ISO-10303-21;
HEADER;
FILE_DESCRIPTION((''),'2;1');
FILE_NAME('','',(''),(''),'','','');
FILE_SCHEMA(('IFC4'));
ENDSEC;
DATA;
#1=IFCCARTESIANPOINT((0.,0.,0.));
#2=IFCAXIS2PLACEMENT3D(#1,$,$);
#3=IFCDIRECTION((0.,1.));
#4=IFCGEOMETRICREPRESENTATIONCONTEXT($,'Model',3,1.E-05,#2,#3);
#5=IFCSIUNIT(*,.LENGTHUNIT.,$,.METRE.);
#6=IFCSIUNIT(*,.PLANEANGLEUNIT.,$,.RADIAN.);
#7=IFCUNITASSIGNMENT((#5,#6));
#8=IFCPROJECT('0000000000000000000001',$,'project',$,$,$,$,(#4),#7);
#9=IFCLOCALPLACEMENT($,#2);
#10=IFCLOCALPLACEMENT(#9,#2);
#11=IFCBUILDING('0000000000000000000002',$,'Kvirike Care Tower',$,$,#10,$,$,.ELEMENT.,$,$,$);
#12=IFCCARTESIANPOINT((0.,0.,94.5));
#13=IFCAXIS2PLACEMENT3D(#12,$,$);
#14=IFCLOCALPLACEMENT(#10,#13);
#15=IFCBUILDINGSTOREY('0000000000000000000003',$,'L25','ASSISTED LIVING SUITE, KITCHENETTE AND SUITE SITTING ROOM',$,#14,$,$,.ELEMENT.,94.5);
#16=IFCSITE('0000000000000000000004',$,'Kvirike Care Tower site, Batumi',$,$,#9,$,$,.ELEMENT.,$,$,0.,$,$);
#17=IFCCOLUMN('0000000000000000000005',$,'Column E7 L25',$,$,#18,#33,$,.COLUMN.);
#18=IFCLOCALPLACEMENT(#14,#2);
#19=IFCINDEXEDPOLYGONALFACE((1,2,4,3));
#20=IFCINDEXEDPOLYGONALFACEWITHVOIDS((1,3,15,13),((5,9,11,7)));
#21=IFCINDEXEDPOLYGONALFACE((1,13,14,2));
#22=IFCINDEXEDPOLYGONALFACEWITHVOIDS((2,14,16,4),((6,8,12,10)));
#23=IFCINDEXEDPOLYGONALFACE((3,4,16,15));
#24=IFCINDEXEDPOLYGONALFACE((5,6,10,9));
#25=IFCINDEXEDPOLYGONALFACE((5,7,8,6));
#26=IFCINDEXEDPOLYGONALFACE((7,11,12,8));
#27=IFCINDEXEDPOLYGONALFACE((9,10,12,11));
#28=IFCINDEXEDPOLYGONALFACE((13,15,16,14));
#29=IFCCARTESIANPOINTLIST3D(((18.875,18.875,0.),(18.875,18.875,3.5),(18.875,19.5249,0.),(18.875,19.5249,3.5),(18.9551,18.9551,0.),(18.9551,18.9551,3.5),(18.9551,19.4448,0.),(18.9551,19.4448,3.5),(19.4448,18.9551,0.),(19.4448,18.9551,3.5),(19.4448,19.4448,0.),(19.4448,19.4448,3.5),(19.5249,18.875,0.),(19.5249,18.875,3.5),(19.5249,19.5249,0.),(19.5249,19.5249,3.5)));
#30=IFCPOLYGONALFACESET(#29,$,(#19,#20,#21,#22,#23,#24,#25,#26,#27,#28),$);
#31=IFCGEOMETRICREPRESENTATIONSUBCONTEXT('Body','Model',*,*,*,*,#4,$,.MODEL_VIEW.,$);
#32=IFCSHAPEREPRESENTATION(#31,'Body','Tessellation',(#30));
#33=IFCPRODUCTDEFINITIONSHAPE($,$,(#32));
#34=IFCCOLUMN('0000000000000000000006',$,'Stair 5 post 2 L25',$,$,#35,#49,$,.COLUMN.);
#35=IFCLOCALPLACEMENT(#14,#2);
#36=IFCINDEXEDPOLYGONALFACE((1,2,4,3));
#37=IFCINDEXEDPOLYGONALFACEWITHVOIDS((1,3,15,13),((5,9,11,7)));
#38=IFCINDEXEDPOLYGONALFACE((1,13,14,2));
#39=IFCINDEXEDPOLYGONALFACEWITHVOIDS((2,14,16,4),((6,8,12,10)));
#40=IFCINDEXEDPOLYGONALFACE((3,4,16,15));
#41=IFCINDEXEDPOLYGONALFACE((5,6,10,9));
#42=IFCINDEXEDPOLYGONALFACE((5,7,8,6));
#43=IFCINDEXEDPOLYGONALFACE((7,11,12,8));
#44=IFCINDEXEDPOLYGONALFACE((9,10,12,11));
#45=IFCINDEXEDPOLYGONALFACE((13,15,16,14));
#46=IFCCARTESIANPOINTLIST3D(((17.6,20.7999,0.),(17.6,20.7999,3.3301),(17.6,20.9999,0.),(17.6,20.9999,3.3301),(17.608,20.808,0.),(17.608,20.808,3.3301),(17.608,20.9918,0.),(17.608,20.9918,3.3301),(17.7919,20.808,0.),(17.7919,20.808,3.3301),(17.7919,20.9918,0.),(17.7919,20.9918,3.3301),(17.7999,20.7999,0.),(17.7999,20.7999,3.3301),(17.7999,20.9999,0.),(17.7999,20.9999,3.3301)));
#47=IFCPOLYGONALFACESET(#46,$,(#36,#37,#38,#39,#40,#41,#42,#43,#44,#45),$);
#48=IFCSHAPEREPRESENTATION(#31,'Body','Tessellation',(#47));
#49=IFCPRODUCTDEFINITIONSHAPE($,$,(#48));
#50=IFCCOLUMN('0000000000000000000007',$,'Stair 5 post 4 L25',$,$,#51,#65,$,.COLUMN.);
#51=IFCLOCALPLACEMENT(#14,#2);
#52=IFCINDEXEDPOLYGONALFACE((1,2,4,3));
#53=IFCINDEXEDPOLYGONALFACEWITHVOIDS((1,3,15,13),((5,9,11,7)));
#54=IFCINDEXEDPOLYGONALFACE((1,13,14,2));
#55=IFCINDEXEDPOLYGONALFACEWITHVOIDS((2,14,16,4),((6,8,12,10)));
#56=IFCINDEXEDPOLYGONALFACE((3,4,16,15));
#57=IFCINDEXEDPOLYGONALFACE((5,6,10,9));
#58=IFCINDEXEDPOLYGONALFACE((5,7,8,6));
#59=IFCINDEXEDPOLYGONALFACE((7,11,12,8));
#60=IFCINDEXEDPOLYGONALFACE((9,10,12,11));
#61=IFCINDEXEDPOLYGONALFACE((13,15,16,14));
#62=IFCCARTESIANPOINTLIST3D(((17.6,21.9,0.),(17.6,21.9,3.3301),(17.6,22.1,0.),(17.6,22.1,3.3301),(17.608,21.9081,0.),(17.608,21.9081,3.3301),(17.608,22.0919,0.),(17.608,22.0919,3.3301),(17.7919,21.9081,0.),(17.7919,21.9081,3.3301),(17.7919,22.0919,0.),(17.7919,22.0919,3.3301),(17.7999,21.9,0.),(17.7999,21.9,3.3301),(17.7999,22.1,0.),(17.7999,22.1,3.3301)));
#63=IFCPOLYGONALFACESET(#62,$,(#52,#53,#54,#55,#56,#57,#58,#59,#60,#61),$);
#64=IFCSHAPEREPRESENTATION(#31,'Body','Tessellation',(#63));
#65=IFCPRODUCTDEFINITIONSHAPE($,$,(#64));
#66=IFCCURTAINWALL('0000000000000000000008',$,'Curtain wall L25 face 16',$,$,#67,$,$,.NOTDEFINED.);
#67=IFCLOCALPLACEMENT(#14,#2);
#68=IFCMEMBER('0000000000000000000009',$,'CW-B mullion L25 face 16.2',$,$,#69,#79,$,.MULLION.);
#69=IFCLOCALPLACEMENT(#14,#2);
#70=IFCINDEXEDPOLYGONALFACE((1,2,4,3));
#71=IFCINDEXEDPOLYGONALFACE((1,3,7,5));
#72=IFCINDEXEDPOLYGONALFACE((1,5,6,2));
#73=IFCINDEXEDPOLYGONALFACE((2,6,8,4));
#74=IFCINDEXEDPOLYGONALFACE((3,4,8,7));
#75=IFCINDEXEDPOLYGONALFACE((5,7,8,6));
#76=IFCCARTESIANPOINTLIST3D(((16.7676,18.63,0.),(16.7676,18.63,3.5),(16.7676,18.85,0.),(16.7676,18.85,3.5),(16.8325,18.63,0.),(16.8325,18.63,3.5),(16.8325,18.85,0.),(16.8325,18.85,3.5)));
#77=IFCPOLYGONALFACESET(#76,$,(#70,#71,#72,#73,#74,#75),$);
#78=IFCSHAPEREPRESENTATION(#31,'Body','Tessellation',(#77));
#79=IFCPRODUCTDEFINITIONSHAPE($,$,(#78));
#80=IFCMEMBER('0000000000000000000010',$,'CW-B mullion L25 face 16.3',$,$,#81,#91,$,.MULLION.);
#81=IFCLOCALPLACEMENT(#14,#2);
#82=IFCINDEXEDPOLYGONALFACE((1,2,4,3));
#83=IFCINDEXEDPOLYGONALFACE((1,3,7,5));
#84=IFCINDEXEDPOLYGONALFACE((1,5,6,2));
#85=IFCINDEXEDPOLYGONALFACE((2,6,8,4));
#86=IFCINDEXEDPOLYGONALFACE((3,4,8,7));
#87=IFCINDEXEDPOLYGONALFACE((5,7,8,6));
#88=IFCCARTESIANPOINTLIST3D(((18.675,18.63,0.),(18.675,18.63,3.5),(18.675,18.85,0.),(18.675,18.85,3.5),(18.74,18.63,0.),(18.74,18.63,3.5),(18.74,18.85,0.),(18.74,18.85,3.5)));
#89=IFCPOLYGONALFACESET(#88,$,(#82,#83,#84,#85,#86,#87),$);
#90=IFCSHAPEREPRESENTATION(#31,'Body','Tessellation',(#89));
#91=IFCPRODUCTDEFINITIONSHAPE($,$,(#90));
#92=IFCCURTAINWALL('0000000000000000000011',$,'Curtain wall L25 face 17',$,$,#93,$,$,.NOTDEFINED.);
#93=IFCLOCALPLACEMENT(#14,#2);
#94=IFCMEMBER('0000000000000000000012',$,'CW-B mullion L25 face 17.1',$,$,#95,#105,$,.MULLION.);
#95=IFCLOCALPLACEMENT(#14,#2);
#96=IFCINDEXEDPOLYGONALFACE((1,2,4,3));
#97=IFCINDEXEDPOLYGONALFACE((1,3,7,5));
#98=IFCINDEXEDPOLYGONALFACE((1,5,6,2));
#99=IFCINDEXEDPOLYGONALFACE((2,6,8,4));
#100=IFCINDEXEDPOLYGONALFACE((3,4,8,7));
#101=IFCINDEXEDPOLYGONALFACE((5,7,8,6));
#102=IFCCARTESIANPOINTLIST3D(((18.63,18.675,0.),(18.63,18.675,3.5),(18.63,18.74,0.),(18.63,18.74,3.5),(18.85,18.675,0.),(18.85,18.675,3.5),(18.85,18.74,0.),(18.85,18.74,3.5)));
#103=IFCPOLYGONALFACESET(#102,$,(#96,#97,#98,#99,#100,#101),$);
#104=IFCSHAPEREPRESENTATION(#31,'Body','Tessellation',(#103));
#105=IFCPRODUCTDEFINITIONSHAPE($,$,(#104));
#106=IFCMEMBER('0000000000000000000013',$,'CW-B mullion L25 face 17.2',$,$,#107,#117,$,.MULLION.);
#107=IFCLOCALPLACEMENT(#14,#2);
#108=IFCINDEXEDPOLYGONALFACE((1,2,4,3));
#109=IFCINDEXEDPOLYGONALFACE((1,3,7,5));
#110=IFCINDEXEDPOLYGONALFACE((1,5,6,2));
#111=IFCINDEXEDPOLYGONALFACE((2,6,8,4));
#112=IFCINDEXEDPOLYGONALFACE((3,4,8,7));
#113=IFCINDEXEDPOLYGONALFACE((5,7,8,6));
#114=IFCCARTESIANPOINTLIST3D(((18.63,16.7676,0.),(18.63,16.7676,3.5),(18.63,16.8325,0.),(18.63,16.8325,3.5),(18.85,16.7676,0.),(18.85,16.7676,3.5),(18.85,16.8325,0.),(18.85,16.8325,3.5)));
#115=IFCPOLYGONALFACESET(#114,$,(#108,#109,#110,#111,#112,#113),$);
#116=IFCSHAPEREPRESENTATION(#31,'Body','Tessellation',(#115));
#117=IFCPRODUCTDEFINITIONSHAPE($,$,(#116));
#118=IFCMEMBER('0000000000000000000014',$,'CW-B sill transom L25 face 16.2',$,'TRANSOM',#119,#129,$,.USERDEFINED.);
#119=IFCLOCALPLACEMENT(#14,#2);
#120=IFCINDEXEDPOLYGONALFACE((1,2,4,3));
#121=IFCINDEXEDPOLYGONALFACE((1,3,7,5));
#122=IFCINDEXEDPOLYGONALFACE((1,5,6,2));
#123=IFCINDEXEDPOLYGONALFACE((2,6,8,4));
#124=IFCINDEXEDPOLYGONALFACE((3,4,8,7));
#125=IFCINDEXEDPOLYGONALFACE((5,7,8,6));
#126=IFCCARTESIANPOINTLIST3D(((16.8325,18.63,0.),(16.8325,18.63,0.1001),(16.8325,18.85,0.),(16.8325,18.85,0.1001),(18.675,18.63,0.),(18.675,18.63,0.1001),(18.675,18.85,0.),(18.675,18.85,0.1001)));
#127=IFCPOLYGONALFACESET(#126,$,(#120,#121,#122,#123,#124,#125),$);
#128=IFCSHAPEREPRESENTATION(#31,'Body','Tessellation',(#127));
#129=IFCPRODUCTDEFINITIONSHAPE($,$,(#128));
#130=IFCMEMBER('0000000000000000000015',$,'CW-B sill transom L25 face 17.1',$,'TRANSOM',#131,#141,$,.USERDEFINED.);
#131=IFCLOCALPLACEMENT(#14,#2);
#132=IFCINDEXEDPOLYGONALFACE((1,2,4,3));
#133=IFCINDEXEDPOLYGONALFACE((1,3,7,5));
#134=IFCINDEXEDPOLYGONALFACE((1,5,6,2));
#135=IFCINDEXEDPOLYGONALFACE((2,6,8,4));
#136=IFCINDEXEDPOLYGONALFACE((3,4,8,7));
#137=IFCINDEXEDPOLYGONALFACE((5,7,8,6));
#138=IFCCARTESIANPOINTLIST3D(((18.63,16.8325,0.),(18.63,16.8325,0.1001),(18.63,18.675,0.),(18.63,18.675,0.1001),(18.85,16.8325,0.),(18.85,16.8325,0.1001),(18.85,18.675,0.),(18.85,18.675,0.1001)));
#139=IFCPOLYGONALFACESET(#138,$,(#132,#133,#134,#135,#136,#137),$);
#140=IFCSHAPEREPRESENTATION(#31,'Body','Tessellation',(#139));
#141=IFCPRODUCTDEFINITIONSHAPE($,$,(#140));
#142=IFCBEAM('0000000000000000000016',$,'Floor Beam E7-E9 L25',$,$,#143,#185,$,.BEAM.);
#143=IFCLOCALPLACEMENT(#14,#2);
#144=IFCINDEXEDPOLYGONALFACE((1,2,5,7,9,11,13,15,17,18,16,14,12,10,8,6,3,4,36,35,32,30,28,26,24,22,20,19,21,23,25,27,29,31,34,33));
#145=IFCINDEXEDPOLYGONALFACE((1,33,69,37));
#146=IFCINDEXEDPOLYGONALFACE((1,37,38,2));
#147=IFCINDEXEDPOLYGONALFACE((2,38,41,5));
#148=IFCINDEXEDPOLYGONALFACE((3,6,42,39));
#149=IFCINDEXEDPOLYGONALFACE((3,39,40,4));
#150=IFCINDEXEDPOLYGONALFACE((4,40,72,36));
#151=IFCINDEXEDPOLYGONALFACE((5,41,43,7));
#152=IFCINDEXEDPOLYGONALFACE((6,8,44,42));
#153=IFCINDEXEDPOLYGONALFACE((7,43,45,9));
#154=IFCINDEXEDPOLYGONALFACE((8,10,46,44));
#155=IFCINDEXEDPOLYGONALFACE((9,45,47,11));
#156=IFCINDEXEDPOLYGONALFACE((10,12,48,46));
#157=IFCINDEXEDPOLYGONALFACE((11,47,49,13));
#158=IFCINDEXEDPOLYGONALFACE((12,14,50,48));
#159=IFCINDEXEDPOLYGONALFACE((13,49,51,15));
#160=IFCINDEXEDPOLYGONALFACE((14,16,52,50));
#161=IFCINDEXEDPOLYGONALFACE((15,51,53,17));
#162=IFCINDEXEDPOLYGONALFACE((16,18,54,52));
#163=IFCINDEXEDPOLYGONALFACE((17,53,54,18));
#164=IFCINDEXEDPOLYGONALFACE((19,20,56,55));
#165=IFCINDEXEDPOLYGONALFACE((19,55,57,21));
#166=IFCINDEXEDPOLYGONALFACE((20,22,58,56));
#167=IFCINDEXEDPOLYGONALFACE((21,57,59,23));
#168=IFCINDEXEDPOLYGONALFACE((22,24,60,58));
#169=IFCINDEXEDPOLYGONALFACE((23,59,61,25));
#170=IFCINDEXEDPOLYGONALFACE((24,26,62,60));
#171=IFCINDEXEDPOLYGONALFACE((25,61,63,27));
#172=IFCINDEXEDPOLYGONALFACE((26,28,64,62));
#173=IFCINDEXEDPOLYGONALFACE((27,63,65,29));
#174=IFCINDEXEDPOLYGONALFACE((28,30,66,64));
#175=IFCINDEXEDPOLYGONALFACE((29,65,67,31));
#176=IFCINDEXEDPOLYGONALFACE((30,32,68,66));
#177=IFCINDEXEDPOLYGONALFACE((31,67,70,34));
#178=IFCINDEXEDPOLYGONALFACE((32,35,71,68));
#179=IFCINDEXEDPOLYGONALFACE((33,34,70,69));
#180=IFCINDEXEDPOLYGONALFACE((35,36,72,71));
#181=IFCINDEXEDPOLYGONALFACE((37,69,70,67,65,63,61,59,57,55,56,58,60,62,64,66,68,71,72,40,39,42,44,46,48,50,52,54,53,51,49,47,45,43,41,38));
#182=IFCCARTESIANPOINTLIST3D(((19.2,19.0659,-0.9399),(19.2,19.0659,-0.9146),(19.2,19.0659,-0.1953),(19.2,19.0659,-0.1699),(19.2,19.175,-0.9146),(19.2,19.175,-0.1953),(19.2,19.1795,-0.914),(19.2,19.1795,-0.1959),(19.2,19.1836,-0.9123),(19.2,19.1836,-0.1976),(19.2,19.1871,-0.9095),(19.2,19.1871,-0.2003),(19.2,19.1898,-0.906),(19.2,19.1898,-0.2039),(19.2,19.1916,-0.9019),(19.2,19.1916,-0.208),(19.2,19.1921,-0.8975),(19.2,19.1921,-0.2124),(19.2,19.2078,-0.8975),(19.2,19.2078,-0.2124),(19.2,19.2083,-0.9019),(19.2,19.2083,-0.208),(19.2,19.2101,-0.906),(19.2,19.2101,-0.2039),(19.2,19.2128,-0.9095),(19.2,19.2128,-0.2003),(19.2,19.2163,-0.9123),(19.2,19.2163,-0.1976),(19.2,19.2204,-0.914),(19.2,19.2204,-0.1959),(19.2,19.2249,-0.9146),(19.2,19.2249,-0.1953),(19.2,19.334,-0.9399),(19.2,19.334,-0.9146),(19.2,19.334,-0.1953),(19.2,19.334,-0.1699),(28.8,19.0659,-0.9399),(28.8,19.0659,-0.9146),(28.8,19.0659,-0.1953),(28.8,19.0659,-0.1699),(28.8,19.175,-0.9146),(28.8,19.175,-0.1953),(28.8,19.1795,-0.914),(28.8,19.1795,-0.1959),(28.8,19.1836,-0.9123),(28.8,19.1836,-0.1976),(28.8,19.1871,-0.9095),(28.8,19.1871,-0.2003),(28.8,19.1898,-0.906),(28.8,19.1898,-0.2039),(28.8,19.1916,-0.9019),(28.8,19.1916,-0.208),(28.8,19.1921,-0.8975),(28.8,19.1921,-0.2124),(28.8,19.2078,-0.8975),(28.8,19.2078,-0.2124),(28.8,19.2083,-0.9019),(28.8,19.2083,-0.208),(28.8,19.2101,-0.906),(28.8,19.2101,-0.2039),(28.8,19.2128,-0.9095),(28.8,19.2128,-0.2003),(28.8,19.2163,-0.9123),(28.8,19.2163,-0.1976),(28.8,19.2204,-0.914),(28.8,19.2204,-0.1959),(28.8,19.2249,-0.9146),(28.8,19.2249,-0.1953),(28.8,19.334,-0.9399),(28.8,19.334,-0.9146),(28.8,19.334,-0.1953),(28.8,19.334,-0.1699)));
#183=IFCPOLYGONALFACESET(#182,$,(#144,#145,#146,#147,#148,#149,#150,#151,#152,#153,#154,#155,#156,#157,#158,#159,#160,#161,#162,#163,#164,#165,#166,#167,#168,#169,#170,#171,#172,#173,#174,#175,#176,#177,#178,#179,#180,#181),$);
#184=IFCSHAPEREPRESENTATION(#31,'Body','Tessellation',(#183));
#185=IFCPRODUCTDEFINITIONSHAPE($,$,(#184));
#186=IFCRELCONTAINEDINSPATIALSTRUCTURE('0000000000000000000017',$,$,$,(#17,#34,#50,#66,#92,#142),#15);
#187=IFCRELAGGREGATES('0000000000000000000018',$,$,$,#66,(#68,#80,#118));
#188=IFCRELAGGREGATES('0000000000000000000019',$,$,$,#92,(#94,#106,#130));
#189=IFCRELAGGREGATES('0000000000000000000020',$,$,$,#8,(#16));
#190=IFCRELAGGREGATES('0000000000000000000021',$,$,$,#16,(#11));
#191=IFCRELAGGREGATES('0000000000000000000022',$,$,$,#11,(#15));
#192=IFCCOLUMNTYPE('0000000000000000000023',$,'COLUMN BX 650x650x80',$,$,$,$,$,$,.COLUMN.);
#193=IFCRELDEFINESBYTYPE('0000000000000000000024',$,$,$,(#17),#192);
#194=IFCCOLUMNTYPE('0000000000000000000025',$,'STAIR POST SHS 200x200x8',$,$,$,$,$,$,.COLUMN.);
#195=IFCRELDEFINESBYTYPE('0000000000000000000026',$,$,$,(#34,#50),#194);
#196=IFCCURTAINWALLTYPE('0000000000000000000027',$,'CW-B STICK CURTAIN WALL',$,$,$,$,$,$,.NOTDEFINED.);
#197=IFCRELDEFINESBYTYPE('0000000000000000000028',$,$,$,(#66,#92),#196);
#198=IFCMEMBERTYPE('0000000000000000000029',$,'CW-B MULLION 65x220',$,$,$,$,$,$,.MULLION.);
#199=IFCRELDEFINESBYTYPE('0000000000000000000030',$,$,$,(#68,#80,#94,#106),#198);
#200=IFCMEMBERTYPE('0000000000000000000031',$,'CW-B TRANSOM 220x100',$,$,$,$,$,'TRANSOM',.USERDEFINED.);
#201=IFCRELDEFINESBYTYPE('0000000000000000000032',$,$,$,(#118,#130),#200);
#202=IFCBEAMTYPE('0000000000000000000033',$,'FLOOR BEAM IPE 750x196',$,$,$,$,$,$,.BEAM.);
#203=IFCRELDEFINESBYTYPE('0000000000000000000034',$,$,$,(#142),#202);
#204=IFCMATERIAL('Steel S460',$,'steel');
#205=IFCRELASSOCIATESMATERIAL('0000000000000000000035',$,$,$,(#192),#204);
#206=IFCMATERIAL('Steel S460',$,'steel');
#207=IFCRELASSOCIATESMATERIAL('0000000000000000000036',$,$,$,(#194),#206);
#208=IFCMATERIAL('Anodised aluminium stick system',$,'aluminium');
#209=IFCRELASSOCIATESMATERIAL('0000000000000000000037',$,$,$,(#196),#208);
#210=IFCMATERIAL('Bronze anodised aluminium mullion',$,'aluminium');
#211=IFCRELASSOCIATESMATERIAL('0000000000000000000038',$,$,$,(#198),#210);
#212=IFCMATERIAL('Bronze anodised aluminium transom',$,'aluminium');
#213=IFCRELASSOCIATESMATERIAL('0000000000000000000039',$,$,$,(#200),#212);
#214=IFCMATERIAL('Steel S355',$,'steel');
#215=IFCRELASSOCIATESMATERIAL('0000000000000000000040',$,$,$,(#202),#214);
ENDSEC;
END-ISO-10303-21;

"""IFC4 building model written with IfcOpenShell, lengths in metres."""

from ifc_helpers import new_model, si_unit, direction, frame, origin, origin_2d, place, context, subcontext, project, spatial, rectangle, hollow_rectangle, i_section, extrude, material, material_profile, profile_set, type_object, element, aggregate, save


model = new_model("IFC4")

# Units and contexts
model_context = context("Model", 3, precision=1e-05, world=origin(), true_north=direction((0.0, 1.0)))
body_context = subcontext(model_context, "Body", "Model", "MODEL_VIEW")
ifc_project = project(units=[si_unit("LENGTHUNIT", "METRE"), si_unit("PLANEANGLEUNIT", "RADIAN")], contexts=[model_context])

# Site, building, storey
site_placement = place(None, origin())
site = spatial("IfcSite", under=ifc_project, at=site_placement, Name="Kvirike Care Tower site, Batumi", CompositionType="ELEMENT", RefElevation=0.0)
building_placement = place(site_placement, origin())
building = spatial("IfcBuilding", under=site, at=building_placement, Name="Kvirike Care Tower", CompositionType="ELEMENT")
storey_placement = place(building_placement, frame((0.0, 0.0, 94.5)))
storey = spatial("IfcBuildingStorey", under=building, at=storey_placement, Name="L25", Description="ASSISTED LIVING SUITE, KITCHENETTE AND SUITE SITTING ROOM", CompositionType="ELEMENT", Elevation=94.5)

# Columns
ifc_material_1 = material(Name="Steel S460", Category="steel")
ifc_material_profile_1 = material_profile(ifc_material_1, hollow_rectangle(XDim=0.6499, YDim=0.6499, WallThickness=0.0801, at=origin_2d()), Name="BX 650x650x80")
ifc_profile_set_1 = profile_set([ifc_material_profile_1], Name="Steel S460")
column_type_1 = type_object("IfcColumnType", Name="COLUMN BX 650x650x80", PredefinedType="COLUMN", material=ifc_profile_set_1)
column_placement = place(storey_placement, frame((19.2, 19.2, 0.0), z_axis=(0.0, 0.0, 1.0), x_axis=(0.0, 1.0, 0.0)))
element("IfcColumn", 1, at=column_placement, inside=storey, type_object=column_type_1, Name="Column E7 L25", PredefinedType="COLUMN", context=body_context, shape_type="SweptSolid", body=[
    extrude(hollow_rectangle(XDim=0.6499, YDim=0.6499, WallThickness=0.0801, at=origin_2d()), origin(), (0.0, 0.0, 1.0), 3.5),
])
ifc_material_2 = material(Name="Steel S460", Category="steel")
ifc_material_profile_2 = material_profile(ifc_material_2, hollow_rectangle(XDim=0.2, YDim=0.2, WallThickness=0.0081, at=origin_2d()), Name="SHS 200x200x8")
ifc_profile_set_2 = profile_set([ifc_material_profile_2], Name="Steel S460")
column_type_2 = type_object("IfcColumnType", Name="STAIR POST SHS 200x200x8", PredefinedType="COLUMN", material=ifc_profile_set_2)
for number, where, z_axis, x_axis, name in (
    (2, (17.7, 20.8999, 0.0), (0.0, 0.0, 1.0), (1.0, 0.0, 0.0), "Stair 5 post 2 L25"),
    (3, (17.7, 22.0, 0.0), (0.0, 0.0, 1.0), (1.0, 0.0, 0.0), "Stair 5 post 4 L25"),
):
    element("IfcColumn", number, at=place(storey_placement, frame(where, z_axis=z_axis, x_axis=x_axis)), inside=storey, type_object=column_type_2, Name=name, PredefinedType="COLUMN", context=body_context, shape_type="SweptSolid", body=[
        extrude(hollow_rectangle(XDim=0.2, YDim=0.2, WallThickness=0.0081, at=origin_2d()), origin(), (0.0, 0.0, 1.0), 3.3301),
    ])

# Curtain walls, members
ifc_material_3 = material(Name="Anodised aluminium stick system", Category="aluminium")
curtain_wall_type = type_object("IfcCurtainWallType", Name="CW-B STICK CURTAIN WALL", PredefinedType="NOTDEFINED", material=ifc_material_3)
curtain_wall_1_placement = place(storey_placement, origin())
curtain_wall_1 = element("IfcCurtainWall", 4, at=curtain_wall_1_placement, inside=storey, type_object=curtain_wall_type, Name="Curtain wall L25 face 16", PredefinedType="NOTDEFINED")
ifc_material_4 = material(Name="Bronze anodised aluminium mullion", Category="aluminium")
ifc_material_profile_3 = material_profile(ifc_material_4, rectangle(XDim=0.0649, YDim=0.22, at=origin_2d()), Name="CW-B MULLION 65x220")
ifc_profile_set_3 = profile_set([ifc_material_profile_3], Name="Bronze anodised aluminium mullion")
member_type_1 = type_object("IfcMemberType", Name="CW-B MULLION 65x220", PredefinedType="MULLION", material=ifc_profile_set_3)
member_1_placement = place(storey_placement, frame((16.8, 18.74, 0.0), z_axis=(0.0, 0.0, 1.0), x_axis=(1.0, 0.0, 0.0)))
member_1 = element("IfcMember", 5, at=member_1_placement, type_object=member_type_1, Name="CW-B mullion L25 face 16.2", PredefinedType="MULLION", context=body_context, shape_type="SweptSolid", body=[
    extrude(rectangle(XDim=0.0649, YDim=0.22, at=origin_2d()), origin(), (0.0, 0.0, 1.0), 3.5),
])
member_2_placement = place(storey_placement, frame((18.7075, 18.74, 0.0), z_axis=(0.0, 0.0, 1.0), x_axis=(1.0, 0.0, 0.0)))
member_2 = element("IfcMember", 6, at=member_2_placement, type_object=member_type_1, Name="CW-B mullion L25 face 16.3", PredefinedType="MULLION", context=body_context, shape_type="SweptSolid", body=[
    extrude(rectangle(XDim=0.0649, YDim=0.22, at=origin_2d()), origin(), (0.0, 0.0, 1.0), 3.5),
])
curtain_wall_2_placement = place(storey_placement, origin())
curtain_wall_2 = element("IfcCurtainWall", 7, at=curtain_wall_2_placement, inside=storey, type_object=curtain_wall_type, Name="Curtain wall L25 face 17", PredefinedType="NOTDEFINED")
member_3_placement = place(storey_placement, frame((18.74, 18.7075, 0.0), z_axis=(0.0, 0.0, 1.0), x_axis=(0.0, -1.0, 0.0)))
member_3 = element("IfcMember", 8, at=member_3_placement, type_object=member_type_1, Name="CW-B mullion L25 face 17.1", PredefinedType="MULLION", context=body_context, shape_type="SweptSolid", body=[
    extrude(rectangle(XDim=0.0649, YDim=0.22, at=origin_2d()), origin(), (0.0, 0.0, 1.0), 3.5),
])
member_4_placement = place(storey_placement, frame((18.74, 16.8, 0.0), z_axis=(0.0, 0.0, 1.0), x_axis=(0.0, -1.0, 0.0)))
member_4 = element("IfcMember", 9, at=member_4_placement, type_object=member_type_1, Name="CW-B mullion L25 face 17.2", PredefinedType="MULLION", context=body_context, shape_type="SweptSolid", body=[
    extrude(rectangle(XDim=0.0649, YDim=0.22, at=origin_2d()), origin(), (0.0, 0.0, 1.0), 3.5),
])

# Members
ifc_material_5 = material(Name="Bronze anodised aluminium transom", Category="aluminium")
ifc_material_profile_4 = material_profile(ifc_material_5, rectangle(XDim=0.22, YDim=0.1001, at=origin_2d()), Name="CW-B TRANSOM 220x100")
ifc_profile_set_4 = profile_set([ifc_material_profile_4], Name="Bronze anodised aluminium transom")
member_type_2 = type_object("IfcMemberType", Name="CW-B TRANSOM 220x100", ElementType="TRANSOM", PredefinedType="USERDEFINED", material=ifc_profile_set_4)
member_5_placement = place(storey_placement, frame((16.8325, 18.74, 0.05), z_axis=(1.0, 0.0, 0.0), x_axis=(0.0, 1.0, 0.0)))
member_5 = element("IfcMember", 10, at=member_5_placement, type_object=member_type_2, Name="CW-B sill transom L25 face 16.2", ObjectType="TRANSOM", PredefinedType="USERDEFINED", context=body_context, shape_type="SweptSolid", body=[
    extrude(rectangle(XDim=0.22, YDim=0.1001, at=origin_2d()), origin(), (0.0, 0.0, 1.0), 1.8425),
])
member_6_placement = place(storey_placement, frame((18.74, 18.675, 0.05), z_axis=(0.0, -1.0, 0.0), x_axis=(1.0, 0.0, 0.0)))
member_6 = element("IfcMember", 11, at=member_6_placement, type_object=member_type_2, Name="CW-B sill transom L25 face 17.1", ObjectType="TRANSOM", PredefinedType="USERDEFINED", context=body_context, shape_type="SweptSolid", body=[
    extrude(rectangle(XDim=0.22, YDim=0.1001, at=origin_2d()), origin(), (0.0, 0.0, 1.0), 1.8425),
])

# Beam
ifc_material_6 = material(Name="Steel S355", Category="steel")
ifc_material_profile_5 = material_profile(ifc_material_6, i_section(OverallWidth=0.2681, OverallDepth=0.77, WebThickness=0.0156, FlangeThickness=0.0254, FilletRadius=0.0171, at=origin_2d()), Name="IPE 750x196")
ifc_profile_set_5 = profile_set([ifc_material_profile_5], Name="Steel S355")
beam_type = type_object("IfcBeamType", Name="FLOOR BEAM IPE 750x196", PredefinedType="BEAM", material=ifc_profile_set_5)
for number, where, z_axis, x_axis, name in (
    (12, (19.2, 19.2, -0.5549), (1.0, 0.0, 0.0), (0.0, 1.0, 0.0), "Floor Beam E7-E9 L25"),
):
    element("IfcBeam", number, at=place(storey_placement, frame(where, z_axis=z_axis, x_axis=x_axis)), inside=storey, type_object=beam_type, Name=name, PredefinedType="BEAM", context=body_context, shape_type="SweptSolid", body=[
        extrude(i_section(OverallWidth=0.2681, OverallDepth=0.77, WebThickness=0.0156, FlangeThickness=0.0254, FilletRadius=0.0171, at=origin_2d()), origin(), (0.0, 0.0, 1.0), 9.6001),
    ])

aggregate(curtain_wall_1, [member_1, member_2, member_5])
aggregate(curtain_wall_2, [member_3, member_4, member_6])

save(model, "model.ifc")
